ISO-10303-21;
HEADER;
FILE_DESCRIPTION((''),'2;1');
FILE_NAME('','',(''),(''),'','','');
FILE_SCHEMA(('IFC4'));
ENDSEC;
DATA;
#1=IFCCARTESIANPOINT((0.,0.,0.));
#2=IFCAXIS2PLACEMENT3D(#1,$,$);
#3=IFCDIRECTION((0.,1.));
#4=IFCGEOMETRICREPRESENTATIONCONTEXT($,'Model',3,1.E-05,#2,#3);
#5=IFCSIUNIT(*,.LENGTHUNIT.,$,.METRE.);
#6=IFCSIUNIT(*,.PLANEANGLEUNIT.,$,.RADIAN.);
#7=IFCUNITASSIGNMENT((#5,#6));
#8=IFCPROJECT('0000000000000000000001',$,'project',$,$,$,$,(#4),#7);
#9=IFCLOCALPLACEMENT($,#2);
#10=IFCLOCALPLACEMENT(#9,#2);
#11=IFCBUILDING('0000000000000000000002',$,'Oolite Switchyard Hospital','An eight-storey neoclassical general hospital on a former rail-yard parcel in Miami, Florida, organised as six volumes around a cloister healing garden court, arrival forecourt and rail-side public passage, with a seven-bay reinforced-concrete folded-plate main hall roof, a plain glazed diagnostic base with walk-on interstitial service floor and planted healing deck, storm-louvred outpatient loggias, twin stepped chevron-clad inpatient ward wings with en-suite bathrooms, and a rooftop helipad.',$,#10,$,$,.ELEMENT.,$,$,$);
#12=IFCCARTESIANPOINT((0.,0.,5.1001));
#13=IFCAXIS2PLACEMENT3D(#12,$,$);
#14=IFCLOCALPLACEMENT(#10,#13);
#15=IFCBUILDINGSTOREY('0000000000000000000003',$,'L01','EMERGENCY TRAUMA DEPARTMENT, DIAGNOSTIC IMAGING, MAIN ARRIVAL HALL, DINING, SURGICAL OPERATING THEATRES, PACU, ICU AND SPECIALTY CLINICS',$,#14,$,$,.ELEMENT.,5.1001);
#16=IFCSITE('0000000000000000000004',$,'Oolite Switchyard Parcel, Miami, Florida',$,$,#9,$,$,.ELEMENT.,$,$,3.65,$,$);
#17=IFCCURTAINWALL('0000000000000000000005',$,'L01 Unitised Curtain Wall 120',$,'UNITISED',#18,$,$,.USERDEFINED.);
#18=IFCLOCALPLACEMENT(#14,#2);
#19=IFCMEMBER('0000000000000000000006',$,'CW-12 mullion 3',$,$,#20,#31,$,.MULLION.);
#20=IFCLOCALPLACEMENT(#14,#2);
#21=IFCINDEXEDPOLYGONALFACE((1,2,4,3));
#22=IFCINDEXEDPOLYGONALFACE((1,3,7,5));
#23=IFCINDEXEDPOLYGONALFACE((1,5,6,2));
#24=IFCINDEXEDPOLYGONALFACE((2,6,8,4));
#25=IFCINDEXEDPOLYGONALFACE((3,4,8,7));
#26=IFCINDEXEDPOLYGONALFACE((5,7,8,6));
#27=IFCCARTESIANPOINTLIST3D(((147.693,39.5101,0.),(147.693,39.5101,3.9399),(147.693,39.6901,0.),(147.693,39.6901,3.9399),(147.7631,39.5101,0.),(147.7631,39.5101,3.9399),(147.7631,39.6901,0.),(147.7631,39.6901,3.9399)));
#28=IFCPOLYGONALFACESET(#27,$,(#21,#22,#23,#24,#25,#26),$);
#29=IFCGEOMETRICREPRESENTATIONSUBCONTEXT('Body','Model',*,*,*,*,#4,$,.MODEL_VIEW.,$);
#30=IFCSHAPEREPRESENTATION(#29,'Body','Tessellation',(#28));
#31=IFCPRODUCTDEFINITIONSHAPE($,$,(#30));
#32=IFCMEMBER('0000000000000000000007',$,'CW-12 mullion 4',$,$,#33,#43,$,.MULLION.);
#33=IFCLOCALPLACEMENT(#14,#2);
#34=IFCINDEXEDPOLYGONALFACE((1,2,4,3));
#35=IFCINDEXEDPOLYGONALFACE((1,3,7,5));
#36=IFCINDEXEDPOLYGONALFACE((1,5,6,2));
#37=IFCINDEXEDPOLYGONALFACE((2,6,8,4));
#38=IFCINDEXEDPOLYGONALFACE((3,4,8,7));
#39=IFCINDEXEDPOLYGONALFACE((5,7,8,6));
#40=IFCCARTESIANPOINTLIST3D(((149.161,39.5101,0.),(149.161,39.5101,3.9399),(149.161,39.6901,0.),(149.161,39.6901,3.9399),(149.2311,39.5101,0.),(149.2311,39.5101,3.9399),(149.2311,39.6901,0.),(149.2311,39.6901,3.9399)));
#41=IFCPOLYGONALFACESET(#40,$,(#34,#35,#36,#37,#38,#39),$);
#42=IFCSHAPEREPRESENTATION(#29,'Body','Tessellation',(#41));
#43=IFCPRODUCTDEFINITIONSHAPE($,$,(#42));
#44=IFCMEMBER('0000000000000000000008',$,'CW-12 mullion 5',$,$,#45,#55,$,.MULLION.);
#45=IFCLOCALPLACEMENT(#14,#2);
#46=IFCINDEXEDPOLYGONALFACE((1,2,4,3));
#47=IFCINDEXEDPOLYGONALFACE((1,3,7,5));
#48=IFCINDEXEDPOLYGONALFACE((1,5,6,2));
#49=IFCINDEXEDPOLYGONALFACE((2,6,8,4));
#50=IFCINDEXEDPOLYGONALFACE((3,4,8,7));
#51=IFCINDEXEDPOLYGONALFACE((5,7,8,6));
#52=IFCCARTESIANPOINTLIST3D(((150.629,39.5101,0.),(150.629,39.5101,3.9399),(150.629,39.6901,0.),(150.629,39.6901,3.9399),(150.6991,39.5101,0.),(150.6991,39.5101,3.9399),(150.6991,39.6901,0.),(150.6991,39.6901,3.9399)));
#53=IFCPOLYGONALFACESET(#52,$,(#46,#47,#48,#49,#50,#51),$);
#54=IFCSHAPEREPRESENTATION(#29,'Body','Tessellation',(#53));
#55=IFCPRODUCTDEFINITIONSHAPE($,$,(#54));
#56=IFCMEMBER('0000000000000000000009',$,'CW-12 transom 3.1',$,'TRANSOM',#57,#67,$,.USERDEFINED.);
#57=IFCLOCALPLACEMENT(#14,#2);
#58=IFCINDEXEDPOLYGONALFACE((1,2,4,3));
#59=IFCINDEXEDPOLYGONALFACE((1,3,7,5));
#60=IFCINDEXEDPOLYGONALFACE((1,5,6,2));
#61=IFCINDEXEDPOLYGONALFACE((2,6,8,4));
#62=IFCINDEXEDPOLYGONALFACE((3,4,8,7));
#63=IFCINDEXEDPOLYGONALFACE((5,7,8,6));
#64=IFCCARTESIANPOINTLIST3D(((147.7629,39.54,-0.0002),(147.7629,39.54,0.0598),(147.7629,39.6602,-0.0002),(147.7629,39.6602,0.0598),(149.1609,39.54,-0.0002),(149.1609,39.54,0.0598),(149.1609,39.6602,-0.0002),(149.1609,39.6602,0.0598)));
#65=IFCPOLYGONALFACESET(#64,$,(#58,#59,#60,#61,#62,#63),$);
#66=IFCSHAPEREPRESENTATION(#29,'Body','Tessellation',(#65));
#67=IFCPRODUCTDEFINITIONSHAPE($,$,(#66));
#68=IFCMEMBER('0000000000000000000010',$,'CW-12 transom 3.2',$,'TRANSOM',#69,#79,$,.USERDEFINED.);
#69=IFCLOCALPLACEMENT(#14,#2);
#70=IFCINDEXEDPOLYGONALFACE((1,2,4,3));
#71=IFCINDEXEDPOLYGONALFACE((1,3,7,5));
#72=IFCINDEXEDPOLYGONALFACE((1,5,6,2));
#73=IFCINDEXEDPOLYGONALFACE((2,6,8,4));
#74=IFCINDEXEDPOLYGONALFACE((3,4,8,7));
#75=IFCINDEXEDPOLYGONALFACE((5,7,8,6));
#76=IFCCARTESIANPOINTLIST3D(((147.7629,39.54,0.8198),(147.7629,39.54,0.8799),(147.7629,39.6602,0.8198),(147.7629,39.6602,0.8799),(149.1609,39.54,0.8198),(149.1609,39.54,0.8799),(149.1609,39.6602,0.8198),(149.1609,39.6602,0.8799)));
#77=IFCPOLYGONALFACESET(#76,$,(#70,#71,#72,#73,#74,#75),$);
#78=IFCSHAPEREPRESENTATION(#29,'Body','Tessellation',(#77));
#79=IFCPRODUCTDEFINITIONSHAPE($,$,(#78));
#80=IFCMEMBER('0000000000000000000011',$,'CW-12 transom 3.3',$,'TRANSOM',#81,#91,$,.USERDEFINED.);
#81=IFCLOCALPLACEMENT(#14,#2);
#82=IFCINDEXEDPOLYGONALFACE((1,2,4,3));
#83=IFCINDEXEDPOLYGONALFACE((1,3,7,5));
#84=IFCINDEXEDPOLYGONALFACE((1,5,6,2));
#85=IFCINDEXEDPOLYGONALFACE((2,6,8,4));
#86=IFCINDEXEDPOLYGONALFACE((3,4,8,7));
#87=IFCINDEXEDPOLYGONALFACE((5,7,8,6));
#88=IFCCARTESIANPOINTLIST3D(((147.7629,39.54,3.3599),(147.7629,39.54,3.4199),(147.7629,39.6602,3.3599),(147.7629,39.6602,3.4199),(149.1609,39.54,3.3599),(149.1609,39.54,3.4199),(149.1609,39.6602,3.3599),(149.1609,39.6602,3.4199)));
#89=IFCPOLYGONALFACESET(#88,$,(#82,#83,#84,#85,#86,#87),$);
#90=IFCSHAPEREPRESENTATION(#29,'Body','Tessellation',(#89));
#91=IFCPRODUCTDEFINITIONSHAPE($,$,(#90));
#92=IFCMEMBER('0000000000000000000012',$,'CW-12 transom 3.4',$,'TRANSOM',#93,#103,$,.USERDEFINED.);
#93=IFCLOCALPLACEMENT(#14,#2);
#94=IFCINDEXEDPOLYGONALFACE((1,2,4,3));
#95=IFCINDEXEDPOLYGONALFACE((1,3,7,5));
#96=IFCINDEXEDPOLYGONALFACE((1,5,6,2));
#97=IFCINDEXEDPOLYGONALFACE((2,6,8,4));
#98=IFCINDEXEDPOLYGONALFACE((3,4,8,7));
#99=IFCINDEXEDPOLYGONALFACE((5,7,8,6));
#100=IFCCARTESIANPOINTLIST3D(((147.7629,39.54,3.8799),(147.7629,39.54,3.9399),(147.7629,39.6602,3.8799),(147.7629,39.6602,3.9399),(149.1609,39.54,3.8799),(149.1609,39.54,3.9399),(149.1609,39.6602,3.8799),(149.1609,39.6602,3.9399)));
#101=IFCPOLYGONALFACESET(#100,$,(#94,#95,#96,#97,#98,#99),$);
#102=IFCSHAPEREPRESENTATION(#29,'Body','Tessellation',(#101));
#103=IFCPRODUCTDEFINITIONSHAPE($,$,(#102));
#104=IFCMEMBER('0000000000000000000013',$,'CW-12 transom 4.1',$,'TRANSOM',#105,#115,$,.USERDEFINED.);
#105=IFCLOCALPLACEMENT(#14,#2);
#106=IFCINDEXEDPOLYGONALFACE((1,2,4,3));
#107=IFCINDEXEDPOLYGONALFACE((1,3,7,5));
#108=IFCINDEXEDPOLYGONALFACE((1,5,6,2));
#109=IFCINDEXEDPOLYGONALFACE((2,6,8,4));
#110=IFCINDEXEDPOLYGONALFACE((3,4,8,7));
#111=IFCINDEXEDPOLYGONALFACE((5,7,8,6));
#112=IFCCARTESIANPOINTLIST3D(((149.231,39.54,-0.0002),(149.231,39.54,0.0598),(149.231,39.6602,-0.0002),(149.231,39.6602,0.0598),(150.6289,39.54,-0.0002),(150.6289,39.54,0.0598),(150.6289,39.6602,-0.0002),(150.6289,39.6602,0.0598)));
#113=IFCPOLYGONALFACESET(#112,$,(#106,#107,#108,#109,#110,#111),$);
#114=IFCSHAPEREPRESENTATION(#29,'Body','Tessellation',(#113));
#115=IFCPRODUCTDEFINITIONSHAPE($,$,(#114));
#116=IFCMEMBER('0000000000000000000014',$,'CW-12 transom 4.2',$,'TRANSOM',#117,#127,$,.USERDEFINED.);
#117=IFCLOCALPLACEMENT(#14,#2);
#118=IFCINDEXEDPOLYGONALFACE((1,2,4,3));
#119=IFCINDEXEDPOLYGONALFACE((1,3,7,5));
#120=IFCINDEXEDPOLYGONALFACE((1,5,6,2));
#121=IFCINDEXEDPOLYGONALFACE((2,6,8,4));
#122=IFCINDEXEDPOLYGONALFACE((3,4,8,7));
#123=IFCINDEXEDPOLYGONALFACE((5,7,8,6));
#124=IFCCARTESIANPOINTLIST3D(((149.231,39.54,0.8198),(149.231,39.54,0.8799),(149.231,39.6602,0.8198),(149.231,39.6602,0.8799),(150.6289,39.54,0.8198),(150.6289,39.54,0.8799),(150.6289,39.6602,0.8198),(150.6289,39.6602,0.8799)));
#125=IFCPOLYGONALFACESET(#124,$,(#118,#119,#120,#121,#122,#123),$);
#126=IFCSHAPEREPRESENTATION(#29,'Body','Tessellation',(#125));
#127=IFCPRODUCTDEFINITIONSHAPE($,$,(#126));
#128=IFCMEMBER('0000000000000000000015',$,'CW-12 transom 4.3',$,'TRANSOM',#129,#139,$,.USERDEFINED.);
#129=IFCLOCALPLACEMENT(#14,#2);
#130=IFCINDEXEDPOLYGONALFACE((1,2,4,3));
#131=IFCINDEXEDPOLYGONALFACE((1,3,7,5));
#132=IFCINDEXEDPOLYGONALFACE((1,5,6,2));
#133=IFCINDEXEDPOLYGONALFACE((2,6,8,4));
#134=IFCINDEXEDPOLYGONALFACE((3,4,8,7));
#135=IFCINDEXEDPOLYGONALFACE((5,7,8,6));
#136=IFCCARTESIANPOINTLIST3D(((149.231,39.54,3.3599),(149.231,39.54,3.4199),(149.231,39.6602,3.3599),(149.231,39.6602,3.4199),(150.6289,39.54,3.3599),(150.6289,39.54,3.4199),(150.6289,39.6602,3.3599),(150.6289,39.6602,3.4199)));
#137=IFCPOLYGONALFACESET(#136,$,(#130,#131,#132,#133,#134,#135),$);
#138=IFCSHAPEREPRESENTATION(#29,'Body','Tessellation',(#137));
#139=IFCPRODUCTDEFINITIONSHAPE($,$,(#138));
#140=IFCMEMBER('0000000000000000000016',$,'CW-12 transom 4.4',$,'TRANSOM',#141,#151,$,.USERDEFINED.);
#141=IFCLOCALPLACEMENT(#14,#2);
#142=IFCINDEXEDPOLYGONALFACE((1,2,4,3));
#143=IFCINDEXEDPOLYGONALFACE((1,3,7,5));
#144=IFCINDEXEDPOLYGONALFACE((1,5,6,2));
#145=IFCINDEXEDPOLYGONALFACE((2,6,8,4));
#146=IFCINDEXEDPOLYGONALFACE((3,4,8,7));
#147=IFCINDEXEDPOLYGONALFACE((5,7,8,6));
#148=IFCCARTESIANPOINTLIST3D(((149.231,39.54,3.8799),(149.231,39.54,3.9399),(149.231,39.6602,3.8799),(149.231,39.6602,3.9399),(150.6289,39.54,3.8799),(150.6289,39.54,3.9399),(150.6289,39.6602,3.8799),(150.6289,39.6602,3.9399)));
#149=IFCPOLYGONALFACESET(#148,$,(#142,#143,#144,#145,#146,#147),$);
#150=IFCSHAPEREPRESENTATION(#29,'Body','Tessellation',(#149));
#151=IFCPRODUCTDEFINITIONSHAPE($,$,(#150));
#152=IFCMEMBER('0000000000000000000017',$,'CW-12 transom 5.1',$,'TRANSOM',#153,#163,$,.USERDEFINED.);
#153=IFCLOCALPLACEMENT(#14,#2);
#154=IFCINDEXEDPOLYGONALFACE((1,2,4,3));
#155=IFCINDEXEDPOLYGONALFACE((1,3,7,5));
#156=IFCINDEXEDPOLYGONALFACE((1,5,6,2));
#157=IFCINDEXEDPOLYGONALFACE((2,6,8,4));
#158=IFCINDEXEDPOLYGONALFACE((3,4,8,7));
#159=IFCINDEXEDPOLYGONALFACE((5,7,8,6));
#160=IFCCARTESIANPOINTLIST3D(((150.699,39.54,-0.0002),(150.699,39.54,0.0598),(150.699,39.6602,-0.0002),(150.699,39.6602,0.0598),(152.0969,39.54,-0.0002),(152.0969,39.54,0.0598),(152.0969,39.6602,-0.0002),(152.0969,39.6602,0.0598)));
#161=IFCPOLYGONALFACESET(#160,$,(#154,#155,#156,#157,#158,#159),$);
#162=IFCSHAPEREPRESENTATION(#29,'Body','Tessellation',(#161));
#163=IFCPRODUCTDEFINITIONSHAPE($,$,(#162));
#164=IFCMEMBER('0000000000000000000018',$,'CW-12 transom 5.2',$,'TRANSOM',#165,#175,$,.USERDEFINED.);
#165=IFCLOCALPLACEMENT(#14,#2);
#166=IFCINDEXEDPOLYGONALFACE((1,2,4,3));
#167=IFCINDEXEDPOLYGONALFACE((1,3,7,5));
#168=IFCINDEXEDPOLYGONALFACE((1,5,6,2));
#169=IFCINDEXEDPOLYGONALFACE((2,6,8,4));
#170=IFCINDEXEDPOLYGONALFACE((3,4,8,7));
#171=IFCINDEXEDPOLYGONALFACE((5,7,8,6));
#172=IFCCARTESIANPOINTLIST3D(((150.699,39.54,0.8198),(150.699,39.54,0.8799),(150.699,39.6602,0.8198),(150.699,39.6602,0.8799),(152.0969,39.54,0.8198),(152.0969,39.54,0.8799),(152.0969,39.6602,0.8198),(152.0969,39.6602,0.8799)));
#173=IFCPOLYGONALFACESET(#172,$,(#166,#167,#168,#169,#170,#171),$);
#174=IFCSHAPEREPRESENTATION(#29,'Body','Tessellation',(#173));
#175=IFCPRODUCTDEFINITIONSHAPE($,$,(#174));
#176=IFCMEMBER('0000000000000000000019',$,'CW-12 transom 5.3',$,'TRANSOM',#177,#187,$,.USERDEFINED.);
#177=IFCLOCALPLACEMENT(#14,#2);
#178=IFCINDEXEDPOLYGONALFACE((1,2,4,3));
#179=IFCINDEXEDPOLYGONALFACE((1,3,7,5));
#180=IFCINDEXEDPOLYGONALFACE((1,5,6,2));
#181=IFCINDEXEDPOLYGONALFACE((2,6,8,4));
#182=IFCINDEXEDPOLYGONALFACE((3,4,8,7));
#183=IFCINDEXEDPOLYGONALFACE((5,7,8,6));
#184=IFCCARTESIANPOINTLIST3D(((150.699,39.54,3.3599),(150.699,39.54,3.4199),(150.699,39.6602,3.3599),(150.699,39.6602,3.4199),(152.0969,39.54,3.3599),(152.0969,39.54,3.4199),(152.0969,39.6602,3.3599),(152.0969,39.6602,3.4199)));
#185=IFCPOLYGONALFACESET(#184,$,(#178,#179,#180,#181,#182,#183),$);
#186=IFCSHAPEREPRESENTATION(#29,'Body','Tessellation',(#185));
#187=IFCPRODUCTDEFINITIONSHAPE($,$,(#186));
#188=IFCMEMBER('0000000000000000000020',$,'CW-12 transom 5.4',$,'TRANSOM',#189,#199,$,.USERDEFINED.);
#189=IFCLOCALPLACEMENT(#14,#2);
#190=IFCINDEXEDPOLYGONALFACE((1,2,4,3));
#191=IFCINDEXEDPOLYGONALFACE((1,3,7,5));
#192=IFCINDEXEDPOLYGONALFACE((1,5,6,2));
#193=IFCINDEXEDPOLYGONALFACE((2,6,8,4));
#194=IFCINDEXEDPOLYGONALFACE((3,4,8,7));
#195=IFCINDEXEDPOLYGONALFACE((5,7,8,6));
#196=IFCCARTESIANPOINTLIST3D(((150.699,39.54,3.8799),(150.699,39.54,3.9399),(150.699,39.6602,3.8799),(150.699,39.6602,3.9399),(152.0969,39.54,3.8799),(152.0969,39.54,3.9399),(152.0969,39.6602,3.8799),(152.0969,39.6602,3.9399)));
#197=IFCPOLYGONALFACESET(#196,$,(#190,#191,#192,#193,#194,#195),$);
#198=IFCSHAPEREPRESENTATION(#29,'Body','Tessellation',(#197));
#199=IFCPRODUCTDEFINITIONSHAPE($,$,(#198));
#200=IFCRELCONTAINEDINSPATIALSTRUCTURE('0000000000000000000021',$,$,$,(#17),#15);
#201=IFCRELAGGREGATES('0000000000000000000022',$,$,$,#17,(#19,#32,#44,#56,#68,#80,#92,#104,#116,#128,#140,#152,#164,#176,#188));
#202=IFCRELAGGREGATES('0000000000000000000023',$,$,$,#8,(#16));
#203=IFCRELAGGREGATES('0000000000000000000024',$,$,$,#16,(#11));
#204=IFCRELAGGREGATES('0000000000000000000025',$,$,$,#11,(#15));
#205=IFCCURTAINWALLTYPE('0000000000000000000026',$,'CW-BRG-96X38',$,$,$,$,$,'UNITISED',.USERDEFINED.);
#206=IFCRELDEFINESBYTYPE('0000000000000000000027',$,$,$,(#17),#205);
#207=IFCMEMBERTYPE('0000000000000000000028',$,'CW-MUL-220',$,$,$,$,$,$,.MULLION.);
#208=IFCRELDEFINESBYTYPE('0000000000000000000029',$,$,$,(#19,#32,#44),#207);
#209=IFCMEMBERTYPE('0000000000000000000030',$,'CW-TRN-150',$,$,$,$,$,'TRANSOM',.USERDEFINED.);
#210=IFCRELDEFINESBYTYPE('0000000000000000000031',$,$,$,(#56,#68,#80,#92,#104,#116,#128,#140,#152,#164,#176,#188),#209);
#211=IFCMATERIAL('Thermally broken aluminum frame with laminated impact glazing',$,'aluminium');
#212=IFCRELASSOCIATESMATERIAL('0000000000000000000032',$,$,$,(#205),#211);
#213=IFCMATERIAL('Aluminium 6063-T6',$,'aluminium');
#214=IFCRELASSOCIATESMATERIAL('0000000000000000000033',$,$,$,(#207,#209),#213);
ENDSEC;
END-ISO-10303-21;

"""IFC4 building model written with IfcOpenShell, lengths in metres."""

from ifc_helpers import new_model, si_unit, direction, frame, origin, origin_2d, place, context, subcontext, project, spatial, rectangle, extrude, material, material_profile, profile_set, type_object, element, aggregate, save


model = new_model("IFC4")

# Units and contexts
model_context = context("Model", 3, precision=1e-05, world=origin(), true_north=direction((0.0, 1.0)))
body_context = subcontext(model_context, "Body", "Model", "MODEL_VIEW")
ifc_project = project(units=[si_unit("LENGTHUNIT", "METRE"), si_unit("PLANEANGLEUNIT", "RADIAN")], contexts=[model_context])

# Site, building, storey
site_placement = place(None, origin())
site = spatial("IfcSite", under=ifc_project, at=site_placement, Name="Oolite Switchyard Parcel, Miami, Florida", CompositionType="ELEMENT", RefElevation=3.65)
building_placement = place(site_placement, origin())
building = spatial("IfcBuilding", under=site, at=building_placement, Name="Oolite Switchyard Hospital", Description="An eight-storey neoclassical general hospital on a former rail-yard parcel in Miami, Florida, organised as six volumes around a cloister healing garden court, arrival forecourt and rail-side public passage, with a seven-bay reinforced-concrete folded-plate main hall roof, a plain glazed diagnostic base with walk-on interstitial service floor and planted healing deck, storm-louvred outpatient loggias, twin stepped chevron-clad inpatient ward wings with en-suite bathrooms, and a rooftop helipad.", CompositionType="ELEMENT")
storey_placement = place(building_placement, frame((0.0, 0.0, 5.1001)))
storey = spatial("IfcBuildingStorey", under=building, at=storey_placement, Name="L01", Description="EMERGENCY TRAUMA DEPARTMENT, DIAGNOSTIC IMAGING, MAIN ARRIVAL HALL, DINING, SURGICAL OPERATING THEATRES, PACU, ICU AND SPECIALTY CLINICS", CompositionType="ELEMENT", Elevation=5.1001)

# Curtain wall, members
ifc_material_1 = material(Name="Thermally broken aluminum frame with laminated impact glazing", Category="aluminium")
curtain_wall_type = type_object("IfcCurtainWallType", Name="CW-BRG-96X38", ElementType="UNITISED", PredefinedType="USERDEFINED", material=ifc_material_1)
curtain_wall_placement = place(storey_placement, origin())
curtain_wall = element("IfcCurtainWall", 1, at=curtain_wall_placement, inside=storey, type_object=curtain_wall_type, Name="L01 Unitised Curtain Wall 120", ObjectType="UNITISED", PredefinedType="USERDEFINED")
ifc_material_2 = material(Name="Aluminium 6063-T6", Category="aluminium")
ifc_material_profile_1 = material_profile(ifc_material_2, rectangle(XDim=0.1799, YDim=0.0701, at=origin_2d()), Name="CWM70X180")
ifc_profile_set_1 = profile_set([ifc_material_profile_1], Name="Aluminium 6063-T6")
member_type_1 = type_object("IfcMemberType", Name="CW-MUL-220", PredefinedType="MULLION", material=ifc_profile_set_1)
member_1_placement = place(storey_placement, frame((147.728, 39.6001, 0.0), z_axis=(0.0, 0.0, 1.0), x_axis=(0.0, 1.0, 0.0)))
member_1 = element("IfcMember", 2, at=member_1_placement, type_object=member_type_1, Name="CW-12 mullion 3", PredefinedType="MULLION", context=body_context, shape_type="SweptSolid", body=[
    extrude(rectangle(XDim=0.1799, YDim=0.0701, at=origin_2d()), origin(), (0.0, 0.0, 1.0), 3.9399),
])
member_2_placement = place(storey_placement, frame((149.196, 39.6001, 0.0), z_axis=(0.0, 0.0, 1.0), x_axis=(0.0, 1.0, 0.0)))
member_2 = element("IfcMember", 3, at=member_2_placement, type_object=member_type_1, Name="CW-12 mullion 4", PredefinedType="MULLION", context=body_context, shape_type="SweptSolid", body=[
    extrude(rectangle(XDim=0.1799, YDim=0.0701, at=origin_2d()), origin(), (0.0, 0.0, 1.0), 3.9399),
])
member_3_placement = place(storey_placement, frame((150.6641, 39.6001, 0.0), z_axis=(0.0, 0.0, 1.0), x_axis=(0.0, 1.0, 0.0)))
member_3 = element("IfcMember", 4, at=member_3_placement, type_object=member_type_1, Name="CW-12 mullion 5", PredefinedType="MULLION", context=body_context, shape_type="SweptSolid", body=[
    extrude(rectangle(XDim=0.1799, YDim=0.0701, at=origin_2d()), origin(), (0.0, 0.0, 1.0), 3.9399),
])
ifc_material_profile_2 = material_profile(ifc_material_2, rectangle(XDim=0.1201, YDim=0.0601, at=origin_2d()), Name="CWT60X120")
ifc_profile_set_2 = profile_set([ifc_material_profile_2], Name="Aluminium 6063-T6")
member_type_2 = type_object("IfcMemberType", Name="CW-TRN-150", ElementType="TRANSOM", PredefinedType="USERDEFINED", material=ifc_profile_set_2)
member_4_placement = place(storey_placement, frame((147.7629, 39.6001, 0.0298), z_axis=(1.0, 0.0, 0.0), x_axis=(0.0, 1.0, 0.0)))
member_4 = element("IfcMember", 5, at=member_4_placement, type_object=member_type_2, Name="CW-12 transom 3.1", ObjectType="TRANSOM", PredefinedType="USERDEFINED", context=body_context, shape_type="SweptSolid", body=[
    extrude(rectangle(XDim=0.1201, YDim=0.0601, at=origin_2d()), origin(), (0.0, 0.0, 1.0), 1.3979),
])
member_5_placement = place(storey_placement, frame((147.7629, 39.6001, 0.8499), z_axis=(1.0, 0.0, 0.0), x_axis=(0.0, 1.0, 0.0)))
member_5 = element("IfcMember", 6, at=member_5_placement, type_object=member_type_2, Name="CW-12 transom 3.2", ObjectType="TRANSOM", PredefinedType="USERDEFINED", context=body_context, shape_type="SweptSolid", body=[
    extrude(rectangle(XDim=0.1201, YDim=0.0601, at=origin_2d()), origin(), (0.0, 0.0, 1.0), 1.3979),
])
member_6_placement = place(storey_placement, frame((147.7629, 39.6001, 3.3899), z_axis=(1.0, 0.0, 0.0), x_axis=(0.0, 1.0, 0.0)))
member_6 = element("IfcMember", 7, at=member_6_placement, type_object=member_type_2, Name="CW-12 transom 3.3", ObjectType="TRANSOM", PredefinedType="USERDEFINED", context=body_context, shape_type="SweptSolid", body=[
    extrude(rectangle(XDim=0.1201, YDim=0.0601, at=origin_2d()), origin(), (0.0, 0.0, 1.0), 1.3979),
])
member_7_placement = place(storey_placement, frame((147.7629, 39.6001, 3.9099), z_axis=(1.0, 0.0, 0.0), x_axis=(0.0, 1.0, 0.0)))
member_7 = element("IfcMember", 8, at=member_7_placement, type_object=member_type_2, Name="CW-12 transom 3.4", ObjectType="TRANSOM", PredefinedType="USERDEFINED", context=body_context, shape_type="SweptSolid", body=[
    extrude(rectangle(XDim=0.1201, YDim=0.0601, at=origin_2d()), origin(), (0.0, 0.0, 1.0), 1.3979),
])
member_8_placement = place(storey_placement, frame((149.231, 39.6001, 0.0298), z_axis=(1.0, 0.0, 0.0), x_axis=(0.0, 1.0, 0.0)))
member_8 = element("IfcMember", 9, at=member_8_placement, type_object=member_type_2, Name="CW-12 transom 4.1", ObjectType="TRANSOM", PredefinedType="USERDEFINED", context=body_context, shape_type="SweptSolid", body=[
    extrude(rectangle(XDim=0.1201, YDim=0.0601, at=origin_2d()), origin(), (0.0, 0.0, 1.0), 1.3979),
])
member_9_placement = place(storey_placement, frame((149.231, 39.6001, 0.8499), z_axis=(1.0, 0.0, 0.0), x_axis=(0.0, 1.0, 0.0)))
member_9 = element("IfcMember", 10, at=member_9_placement, type_object=member_type_2, Name="CW-12 transom 4.2", ObjectType="TRANSOM", PredefinedType="USERDEFINED", context=body_context, shape_type="SweptSolid", body=[
    extrude(rectangle(XDim=0.1201, YDim=0.0601, at=origin_2d()), origin(), (0.0, 0.0, 1.0), 1.3979),
])
member_10_placement = place(storey_placement, frame((149.231, 39.6001, 3.3899), z_axis=(1.0, 0.0, 0.0), x_axis=(0.0, 1.0, 0.0)))
member_10 = element("IfcMember", 11, at=member_10_placement, type_object=member_type_2, Name="CW-12 transom 4.3", ObjectType="TRANSOM", PredefinedType="USERDEFINED", context=body_context, shape_type="SweptSolid", body=[
    extrude(rectangle(XDim=0.1201, YDim=0.0601, at=origin_2d()), origin(), (0.0, 0.0, 1.0), 1.3979),
])
member_11_placement = place(storey_placement, frame((149.231, 39.6001, 3.9099), z_axis=(1.0, 0.0, 0.0), x_axis=(0.0, 1.0, 0.0)))
member_11 = element("IfcMember", 12, at=member_11_placement, type_object=member_type_2, Name="CW-12 transom 4.4", ObjectType="TRANSOM", PredefinedType="USERDEFINED", context=body_context, shape_type="SweptSolid", body=[
    extrude(rectangle(XDim=0.1201, YDim=0.0601, at=origin_2d()), origin(), (0.0, 0.0, 1.0), 1.3979),
])
member_12_placement = place(storey_placement, frame((150.699, 39.6001, 0.0298), z_axis=(1.0, 0.0, 0.0), x_axis=(0.0, 1.0, 0.0)))
member_12 = element("IfcMember", 13, at=member_12_placement, type_object=member_type_2, Name="CW-12 transom 5.1", ObjectType="TRANSOM", PredefinedType="USERDEFINED", context=body_context, shape_type="SweptSolid", body=[
    extrude(rectangle(XDim=0.1201, YDim=0.0601, at=origin_2d()), origin(), (0.0, 0.0, 1.0), 1.3979),
])
member_13_placement = place(storey_placement, frame((150.699, 39.6001, 0.8499), z_axis=(1.0, 0.0, 0.0), x_axis=(0.0, 1.0, 0.0)))
member_13 = element("IfcMember", 14, at=member_13_placement, type_object=member_type_2, Name="CW-12 transom 5.2", ObjectType="TRANSOM", PredefinedType="USERDEFINED", context=body_context, shape_type="SweptSolid", body=[
    extrude(rectangle(XDim=0.1201, YDim=0.0601, at=origin_2d()), origin(), (0.0, 0.0, 1.0), 1.3979),
])
member_14_placement = place(storey_placement, frame((150.699, 39.6001, 3.3899), z_axis=(1.0, 0.0, 0.0), x_axis=(0.0, 1.0, 0.0)))
member_14 = element("IfcMember", 15, at=member_14_placement, type_object=member_type_2, Name="CW-12 transom 5.3", ObjectType="TRANSOM", PredefinedType="USERDEFINED", context=body_context, shape_type="SweptSolid", body=[
    extrude(rectangle(XDim=0.1201, YDim=0.0601, at=origin_2d()), origin(), (0.0, 0.0, 1.0), 1.3979),
])
member_15_placement = place(storey_placement, frame((150.699, 39.6001, 3.9099), z_axis=(1.0, 0.0, 0.0), x_axis=(0.0, 1.0, 0.0)))
member_15 = element("IfcMember", 16, at=member_15_placement, type_object=member_type_2, Name="CW-12 transom 5.4", ObjectType="TRANSOM", PredefinedType="USERDEFINED", context=body_context, shape_type="SweptSolid", body=[
    extrude(rectangle(XDim=0.1201, YDim=0.0601, at=origin_2d()), origin(), (0.0, 0.0, 1.0), 1.3979),
])
aggregate(curtain_wall, [member_1, member_2, member_3, member_4, member_5, member_6, member_7, member_8, member_9, member_10, member_11, member_12, member_13, member_14, member_15])

save(model, "model.ifc")
